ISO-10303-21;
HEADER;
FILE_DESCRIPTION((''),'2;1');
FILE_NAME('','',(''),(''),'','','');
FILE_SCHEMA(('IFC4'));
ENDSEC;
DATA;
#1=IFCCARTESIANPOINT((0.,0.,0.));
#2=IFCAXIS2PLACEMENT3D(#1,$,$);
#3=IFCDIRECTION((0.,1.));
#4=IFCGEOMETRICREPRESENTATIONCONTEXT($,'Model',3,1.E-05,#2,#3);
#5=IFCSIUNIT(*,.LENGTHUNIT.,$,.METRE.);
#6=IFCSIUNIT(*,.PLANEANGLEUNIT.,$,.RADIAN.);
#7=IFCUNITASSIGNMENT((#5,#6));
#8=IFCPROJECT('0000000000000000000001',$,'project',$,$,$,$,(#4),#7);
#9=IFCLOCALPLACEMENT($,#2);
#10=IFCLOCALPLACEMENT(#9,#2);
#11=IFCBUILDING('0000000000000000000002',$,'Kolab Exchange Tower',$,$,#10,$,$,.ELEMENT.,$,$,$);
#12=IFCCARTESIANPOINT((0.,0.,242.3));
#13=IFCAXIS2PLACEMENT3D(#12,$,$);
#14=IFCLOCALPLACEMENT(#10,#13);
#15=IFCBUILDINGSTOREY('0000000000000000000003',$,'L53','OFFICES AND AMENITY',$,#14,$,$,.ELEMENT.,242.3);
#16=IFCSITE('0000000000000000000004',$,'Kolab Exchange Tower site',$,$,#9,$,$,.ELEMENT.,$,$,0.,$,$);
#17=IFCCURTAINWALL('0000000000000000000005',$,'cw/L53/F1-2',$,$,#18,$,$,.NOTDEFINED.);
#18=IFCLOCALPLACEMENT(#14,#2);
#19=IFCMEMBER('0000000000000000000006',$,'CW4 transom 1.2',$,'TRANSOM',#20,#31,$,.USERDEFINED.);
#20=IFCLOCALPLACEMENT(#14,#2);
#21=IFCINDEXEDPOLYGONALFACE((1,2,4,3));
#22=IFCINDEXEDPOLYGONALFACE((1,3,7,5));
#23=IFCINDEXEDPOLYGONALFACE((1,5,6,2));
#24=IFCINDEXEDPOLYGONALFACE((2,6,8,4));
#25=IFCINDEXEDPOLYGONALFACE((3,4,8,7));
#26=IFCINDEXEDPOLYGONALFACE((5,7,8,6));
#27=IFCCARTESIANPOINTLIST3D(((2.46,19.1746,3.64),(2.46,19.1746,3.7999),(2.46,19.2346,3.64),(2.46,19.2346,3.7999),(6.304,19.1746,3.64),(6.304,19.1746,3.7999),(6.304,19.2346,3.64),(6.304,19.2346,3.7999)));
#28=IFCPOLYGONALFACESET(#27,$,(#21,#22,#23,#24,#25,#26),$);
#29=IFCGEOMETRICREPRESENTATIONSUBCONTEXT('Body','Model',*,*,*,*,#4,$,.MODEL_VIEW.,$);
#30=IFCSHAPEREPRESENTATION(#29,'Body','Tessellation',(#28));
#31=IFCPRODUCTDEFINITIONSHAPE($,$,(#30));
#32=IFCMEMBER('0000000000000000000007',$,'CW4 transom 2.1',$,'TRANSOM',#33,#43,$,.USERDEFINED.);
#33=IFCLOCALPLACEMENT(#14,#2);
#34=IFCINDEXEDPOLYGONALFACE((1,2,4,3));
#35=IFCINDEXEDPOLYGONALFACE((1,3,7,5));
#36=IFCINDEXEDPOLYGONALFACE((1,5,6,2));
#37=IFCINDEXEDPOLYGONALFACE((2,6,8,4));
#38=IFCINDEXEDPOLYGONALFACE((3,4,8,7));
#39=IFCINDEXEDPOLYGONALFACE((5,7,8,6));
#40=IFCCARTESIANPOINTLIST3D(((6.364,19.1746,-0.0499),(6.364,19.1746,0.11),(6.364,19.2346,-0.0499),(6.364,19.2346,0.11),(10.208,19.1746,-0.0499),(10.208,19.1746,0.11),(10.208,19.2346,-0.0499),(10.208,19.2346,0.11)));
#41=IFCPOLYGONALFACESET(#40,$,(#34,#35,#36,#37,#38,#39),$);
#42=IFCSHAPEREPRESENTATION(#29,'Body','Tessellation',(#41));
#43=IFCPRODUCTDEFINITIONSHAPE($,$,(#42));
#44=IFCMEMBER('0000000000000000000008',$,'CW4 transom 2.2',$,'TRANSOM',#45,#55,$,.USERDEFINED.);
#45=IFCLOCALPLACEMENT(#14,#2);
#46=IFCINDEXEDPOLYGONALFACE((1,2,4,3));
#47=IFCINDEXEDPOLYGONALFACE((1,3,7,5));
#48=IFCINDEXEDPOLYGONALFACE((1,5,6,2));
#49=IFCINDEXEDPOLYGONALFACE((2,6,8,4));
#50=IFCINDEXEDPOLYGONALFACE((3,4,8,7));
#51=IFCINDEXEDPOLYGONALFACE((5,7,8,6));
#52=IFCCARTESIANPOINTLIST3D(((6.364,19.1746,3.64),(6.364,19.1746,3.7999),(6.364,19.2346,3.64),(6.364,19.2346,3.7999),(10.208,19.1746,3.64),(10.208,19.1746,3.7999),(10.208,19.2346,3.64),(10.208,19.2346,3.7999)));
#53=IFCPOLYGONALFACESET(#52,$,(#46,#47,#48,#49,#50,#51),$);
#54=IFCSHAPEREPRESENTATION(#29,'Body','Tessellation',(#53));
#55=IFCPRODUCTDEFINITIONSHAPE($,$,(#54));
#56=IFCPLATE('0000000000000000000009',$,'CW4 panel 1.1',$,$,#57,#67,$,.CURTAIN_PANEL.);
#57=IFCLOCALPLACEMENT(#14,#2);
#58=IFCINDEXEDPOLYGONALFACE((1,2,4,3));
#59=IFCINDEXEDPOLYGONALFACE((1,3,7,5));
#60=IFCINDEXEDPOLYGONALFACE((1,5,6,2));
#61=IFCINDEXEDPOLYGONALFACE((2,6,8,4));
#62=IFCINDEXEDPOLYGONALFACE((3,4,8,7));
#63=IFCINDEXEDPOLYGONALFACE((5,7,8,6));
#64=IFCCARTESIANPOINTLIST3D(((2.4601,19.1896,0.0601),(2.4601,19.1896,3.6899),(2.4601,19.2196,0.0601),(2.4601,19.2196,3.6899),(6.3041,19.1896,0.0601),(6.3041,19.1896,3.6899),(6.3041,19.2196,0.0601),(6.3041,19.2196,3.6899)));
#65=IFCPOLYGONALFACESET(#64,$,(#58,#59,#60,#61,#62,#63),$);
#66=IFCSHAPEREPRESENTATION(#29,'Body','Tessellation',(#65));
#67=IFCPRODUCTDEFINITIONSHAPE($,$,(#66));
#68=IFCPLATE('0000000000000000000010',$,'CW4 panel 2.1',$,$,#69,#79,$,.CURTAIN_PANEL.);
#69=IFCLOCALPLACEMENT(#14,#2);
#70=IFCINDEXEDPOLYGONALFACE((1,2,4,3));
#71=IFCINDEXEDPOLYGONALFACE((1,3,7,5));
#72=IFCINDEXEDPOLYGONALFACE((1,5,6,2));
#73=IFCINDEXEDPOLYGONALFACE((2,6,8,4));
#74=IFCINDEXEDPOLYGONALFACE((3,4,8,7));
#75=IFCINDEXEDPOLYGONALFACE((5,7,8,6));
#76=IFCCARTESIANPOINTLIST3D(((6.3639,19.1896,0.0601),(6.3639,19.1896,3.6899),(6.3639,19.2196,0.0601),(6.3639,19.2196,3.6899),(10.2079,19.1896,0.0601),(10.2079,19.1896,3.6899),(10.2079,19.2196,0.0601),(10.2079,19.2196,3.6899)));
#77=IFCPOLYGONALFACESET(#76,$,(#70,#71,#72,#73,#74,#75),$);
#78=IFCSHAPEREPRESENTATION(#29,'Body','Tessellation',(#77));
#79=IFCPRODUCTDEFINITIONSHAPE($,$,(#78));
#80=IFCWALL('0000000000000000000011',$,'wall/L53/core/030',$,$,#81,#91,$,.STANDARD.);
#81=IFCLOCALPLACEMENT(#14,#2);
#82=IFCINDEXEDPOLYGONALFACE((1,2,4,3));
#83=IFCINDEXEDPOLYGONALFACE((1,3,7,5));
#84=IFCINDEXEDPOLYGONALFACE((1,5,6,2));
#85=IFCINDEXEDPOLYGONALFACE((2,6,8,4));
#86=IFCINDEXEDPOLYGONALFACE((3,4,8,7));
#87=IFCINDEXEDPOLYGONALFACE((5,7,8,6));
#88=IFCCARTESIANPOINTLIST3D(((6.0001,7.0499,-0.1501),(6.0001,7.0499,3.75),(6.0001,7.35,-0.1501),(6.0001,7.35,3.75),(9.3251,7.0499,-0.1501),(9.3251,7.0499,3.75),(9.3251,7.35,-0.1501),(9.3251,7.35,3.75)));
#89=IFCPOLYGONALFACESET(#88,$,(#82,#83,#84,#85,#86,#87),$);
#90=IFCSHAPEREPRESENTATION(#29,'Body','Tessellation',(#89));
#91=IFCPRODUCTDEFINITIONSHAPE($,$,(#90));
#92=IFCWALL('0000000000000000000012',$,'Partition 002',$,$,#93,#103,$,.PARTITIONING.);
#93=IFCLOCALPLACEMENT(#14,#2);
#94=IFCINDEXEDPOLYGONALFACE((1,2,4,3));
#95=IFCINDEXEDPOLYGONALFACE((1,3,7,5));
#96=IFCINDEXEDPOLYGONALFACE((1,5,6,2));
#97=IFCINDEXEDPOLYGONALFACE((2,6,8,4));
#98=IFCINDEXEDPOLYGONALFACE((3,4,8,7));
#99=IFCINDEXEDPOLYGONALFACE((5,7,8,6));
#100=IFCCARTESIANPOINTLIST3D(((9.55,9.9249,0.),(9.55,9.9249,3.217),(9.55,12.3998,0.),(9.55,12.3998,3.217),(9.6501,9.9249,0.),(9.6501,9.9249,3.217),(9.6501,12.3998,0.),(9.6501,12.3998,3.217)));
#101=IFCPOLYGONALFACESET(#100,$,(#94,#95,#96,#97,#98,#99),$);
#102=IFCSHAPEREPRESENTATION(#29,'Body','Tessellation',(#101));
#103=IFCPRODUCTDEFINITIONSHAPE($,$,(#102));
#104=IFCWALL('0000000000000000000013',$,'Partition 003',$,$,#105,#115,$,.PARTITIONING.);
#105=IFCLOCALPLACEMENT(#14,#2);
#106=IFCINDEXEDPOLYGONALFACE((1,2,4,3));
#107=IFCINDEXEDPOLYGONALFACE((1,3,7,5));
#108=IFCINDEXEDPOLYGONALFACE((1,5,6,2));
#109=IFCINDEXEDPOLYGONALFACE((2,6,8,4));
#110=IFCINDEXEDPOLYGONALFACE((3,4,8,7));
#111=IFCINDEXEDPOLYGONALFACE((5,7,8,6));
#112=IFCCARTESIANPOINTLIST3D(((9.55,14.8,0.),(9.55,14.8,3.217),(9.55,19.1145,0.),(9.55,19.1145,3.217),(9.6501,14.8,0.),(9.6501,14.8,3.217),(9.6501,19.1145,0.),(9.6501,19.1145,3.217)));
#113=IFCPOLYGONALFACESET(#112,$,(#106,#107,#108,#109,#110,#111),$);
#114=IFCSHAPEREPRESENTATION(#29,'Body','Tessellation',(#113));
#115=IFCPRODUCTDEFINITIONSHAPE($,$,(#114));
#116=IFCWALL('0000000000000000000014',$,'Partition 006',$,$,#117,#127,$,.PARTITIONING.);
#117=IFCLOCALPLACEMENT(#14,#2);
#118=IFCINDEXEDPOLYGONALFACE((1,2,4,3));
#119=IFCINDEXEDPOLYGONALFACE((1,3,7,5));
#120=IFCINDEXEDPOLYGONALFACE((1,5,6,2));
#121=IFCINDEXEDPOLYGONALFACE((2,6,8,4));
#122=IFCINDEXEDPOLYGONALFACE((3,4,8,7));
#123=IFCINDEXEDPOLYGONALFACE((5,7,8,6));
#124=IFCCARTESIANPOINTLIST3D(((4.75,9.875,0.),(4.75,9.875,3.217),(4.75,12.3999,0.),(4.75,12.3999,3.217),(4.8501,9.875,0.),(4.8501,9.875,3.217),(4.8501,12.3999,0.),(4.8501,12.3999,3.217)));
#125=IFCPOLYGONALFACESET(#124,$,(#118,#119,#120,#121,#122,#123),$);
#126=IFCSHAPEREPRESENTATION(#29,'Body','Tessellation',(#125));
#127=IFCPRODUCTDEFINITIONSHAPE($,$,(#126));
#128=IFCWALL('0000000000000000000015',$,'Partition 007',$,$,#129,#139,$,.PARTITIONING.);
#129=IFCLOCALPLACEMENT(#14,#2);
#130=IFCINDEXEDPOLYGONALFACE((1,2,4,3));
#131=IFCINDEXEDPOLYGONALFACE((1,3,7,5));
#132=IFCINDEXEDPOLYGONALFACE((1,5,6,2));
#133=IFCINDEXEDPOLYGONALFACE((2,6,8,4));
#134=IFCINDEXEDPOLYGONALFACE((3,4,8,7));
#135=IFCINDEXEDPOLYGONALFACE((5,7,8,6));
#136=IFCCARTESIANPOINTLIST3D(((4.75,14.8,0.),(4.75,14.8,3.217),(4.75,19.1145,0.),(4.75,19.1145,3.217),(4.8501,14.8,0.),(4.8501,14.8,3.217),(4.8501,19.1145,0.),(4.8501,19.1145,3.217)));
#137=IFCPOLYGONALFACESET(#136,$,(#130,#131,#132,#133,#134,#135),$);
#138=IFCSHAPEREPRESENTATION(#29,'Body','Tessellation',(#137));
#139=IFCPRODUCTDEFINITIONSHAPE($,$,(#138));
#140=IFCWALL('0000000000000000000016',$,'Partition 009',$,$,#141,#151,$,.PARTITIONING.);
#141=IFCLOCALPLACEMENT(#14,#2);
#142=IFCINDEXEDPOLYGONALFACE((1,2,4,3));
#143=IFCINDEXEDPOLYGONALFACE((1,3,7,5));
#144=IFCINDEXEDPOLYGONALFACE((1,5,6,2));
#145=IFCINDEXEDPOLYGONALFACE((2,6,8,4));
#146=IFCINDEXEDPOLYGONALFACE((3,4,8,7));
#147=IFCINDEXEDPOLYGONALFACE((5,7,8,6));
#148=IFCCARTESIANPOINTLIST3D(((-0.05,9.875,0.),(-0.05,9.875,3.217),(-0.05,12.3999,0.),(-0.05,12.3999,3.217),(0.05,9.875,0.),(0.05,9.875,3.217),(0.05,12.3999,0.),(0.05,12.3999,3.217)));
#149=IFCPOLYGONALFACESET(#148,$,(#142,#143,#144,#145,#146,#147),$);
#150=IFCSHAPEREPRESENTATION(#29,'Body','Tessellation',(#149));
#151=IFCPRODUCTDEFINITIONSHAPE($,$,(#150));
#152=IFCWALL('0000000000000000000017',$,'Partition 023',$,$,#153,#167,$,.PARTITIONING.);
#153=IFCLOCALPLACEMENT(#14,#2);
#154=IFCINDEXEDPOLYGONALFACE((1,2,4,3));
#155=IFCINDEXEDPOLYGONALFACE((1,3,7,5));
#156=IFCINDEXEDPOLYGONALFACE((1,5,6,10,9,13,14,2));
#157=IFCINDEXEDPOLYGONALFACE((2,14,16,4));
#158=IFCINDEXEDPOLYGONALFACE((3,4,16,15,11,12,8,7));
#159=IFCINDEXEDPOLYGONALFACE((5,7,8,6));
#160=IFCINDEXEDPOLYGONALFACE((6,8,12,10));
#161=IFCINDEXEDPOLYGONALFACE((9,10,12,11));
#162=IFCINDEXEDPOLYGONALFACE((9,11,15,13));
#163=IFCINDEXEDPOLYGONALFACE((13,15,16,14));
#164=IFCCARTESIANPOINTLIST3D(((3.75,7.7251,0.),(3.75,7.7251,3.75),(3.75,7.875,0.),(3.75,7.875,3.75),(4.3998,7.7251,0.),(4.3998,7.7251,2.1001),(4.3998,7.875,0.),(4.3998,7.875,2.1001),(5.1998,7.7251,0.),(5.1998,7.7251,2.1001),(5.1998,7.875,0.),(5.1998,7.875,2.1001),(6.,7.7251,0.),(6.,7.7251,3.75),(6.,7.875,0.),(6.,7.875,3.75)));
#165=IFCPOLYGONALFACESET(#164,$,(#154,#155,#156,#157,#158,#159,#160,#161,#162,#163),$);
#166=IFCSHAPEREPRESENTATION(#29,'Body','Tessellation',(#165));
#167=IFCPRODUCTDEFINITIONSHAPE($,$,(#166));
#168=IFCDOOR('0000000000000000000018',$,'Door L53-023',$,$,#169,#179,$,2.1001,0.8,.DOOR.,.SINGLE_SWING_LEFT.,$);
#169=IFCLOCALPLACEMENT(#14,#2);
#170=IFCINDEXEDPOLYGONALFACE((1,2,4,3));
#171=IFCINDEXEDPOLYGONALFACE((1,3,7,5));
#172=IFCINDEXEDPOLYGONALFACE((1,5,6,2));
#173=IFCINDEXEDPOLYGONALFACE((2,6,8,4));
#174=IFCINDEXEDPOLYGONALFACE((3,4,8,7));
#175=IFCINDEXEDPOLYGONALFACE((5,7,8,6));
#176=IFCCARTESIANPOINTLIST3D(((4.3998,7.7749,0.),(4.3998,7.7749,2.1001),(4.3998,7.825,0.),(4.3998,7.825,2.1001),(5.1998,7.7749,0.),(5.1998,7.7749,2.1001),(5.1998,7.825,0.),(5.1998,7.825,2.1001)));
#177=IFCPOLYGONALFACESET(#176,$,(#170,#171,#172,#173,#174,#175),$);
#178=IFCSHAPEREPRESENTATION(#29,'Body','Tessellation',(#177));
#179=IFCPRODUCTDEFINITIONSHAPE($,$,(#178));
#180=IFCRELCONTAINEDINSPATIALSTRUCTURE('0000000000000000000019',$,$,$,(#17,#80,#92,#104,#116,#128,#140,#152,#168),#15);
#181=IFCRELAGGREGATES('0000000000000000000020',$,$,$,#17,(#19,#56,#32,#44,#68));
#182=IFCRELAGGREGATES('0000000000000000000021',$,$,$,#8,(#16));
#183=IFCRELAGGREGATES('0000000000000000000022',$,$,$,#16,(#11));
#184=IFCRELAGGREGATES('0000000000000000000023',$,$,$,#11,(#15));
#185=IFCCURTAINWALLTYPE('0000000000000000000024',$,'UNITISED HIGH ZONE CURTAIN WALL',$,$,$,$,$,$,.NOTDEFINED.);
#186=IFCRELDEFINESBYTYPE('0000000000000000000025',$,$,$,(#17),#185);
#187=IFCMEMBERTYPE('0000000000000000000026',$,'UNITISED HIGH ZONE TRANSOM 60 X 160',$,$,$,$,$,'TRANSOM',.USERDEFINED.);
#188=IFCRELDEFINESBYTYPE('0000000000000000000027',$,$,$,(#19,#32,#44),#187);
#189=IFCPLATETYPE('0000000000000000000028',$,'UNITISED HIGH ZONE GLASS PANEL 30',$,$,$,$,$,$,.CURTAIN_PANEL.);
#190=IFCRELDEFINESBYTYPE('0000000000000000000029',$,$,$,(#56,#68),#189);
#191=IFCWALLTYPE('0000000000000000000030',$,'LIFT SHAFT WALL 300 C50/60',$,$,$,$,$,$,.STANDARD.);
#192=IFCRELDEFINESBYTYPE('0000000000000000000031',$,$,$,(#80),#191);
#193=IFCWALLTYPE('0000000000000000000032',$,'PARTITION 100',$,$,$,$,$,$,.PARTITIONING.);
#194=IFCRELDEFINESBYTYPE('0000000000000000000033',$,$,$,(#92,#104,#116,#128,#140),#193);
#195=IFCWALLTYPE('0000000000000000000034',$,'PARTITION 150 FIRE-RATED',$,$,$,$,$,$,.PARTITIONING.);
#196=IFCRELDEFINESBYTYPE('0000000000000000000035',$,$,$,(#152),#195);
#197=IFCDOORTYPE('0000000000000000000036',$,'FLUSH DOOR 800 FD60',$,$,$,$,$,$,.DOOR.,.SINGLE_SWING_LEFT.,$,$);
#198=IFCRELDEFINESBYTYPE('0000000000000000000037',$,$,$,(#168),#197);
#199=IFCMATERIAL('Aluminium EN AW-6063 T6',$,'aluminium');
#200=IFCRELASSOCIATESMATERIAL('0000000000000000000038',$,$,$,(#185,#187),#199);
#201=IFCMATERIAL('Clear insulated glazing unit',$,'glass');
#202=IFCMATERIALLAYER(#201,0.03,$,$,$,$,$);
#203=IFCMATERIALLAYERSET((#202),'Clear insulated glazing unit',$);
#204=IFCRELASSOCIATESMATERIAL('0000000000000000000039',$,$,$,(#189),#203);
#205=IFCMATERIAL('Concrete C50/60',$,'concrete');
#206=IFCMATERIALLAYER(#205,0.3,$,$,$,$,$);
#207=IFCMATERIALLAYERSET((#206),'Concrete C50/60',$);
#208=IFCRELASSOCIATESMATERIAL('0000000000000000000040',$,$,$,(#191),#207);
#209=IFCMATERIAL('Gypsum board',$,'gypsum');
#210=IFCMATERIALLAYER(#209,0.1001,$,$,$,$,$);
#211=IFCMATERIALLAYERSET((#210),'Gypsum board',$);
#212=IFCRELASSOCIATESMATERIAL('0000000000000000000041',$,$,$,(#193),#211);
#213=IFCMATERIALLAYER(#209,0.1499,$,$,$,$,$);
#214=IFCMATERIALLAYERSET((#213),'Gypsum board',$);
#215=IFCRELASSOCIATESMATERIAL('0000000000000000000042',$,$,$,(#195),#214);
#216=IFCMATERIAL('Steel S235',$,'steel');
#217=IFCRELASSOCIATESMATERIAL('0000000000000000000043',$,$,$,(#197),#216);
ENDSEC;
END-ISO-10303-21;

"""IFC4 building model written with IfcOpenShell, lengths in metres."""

from ifc_helpers import new_model, si_unit, direction, frame, frame_2d, origin, origin_2d, place, context, subcontext, project, spatial, rectangle, extrude, material, layer, layer_set, material_profile, profile_set, type_object, element, fill, aggregate, save


model = new_model("IFC4")

# Units and contexts
model_context = context("Model", 3, precision=1e-05, world=origin(), true_north=direction((0.0, 1.0)))
body_context = subcontext(model_context, "Body", "Model", "MODEL_VIEW")
ifc_project = project(units=[si_unit("LENGTHUNIT", "METRE"), si_unit("PLANEANGLEUNIT", "RADIAN")], contexts=[model_context])

# Site, building, storey
site_placement = place(None, origin())
site = spatial("IfcSite", under=ifc_project, at=site_placement, Name="Kolab Exchange Tower site", CompositionType="ELEMENT", RefElevation=0.0)
building_placement = place(site_placement, origin())
building = spatial("IfcBuilding", under=site, at=building_placement, Name="Kolab Exchange Tower", CompositionType="ELEMENT")
storey_placement = place(building_placement, frame((0.0, 0.0, 242.3)))
storey = spatial("IfcBuildingStorey", under=building, at=storey_placement, Name="L53", Description="OFFICES AND AMENITY", CompositionType="ELEMENT", Elevation=242.3)

# Shared definitions
ifc_material_1 = material(Name="Concrete C50/60", Category="concrete")

# Curtain wall, members, plates
ifc_material_2 = material(Name="Aluminium EN AW-6063 T6", Category="aluminium")
curtain_wall_type = type_object("IfcCurtainWallType", Name="UNITISED HIGH ZONE CURTAIN WALL", PredefinedType="NOTDEFINED", material=ifc_material_2)
curtain_wall_placement = place(storey_placement, origin())
curtain_wall = element("IfcCurtainWall", 1, at=curtain_wall_placement, inside=storey, type_object=curtain_wall_type, Name="cw/L53/F1-2", PredefinedType="NOTDEFINED")
ifc_material_profile_1 = material_profile(ifc_material_2, rectangle(XDim=0.0601, YDim=0.1599, at=origin_2d()), Name="RECT 60X160")
ifc_profile_set_1 = profile_set([ifc_material_profile_1], Name="Aluminium EN AW-6063 T6")
member_type_1 = type_object("IfcMemberType", Name="UNITISED HIGH ZONE TRANSOM 60 X 160", ElementType="TRANSOM", PredefinedType="USERDEFINED", material=ifc_profile_set_1)
member_1_placement = place(storey_placement, frame((2.46, 19.2046, 3.72), z_axis=(1.0, 0.0, 0.0), x_axis=(0.0, 1.0, 0.0)))
member_1 = element("IfcMember", 2, at=member_1_placement, type_object=member_type_1, Name="CW4 transom 1.2", ObjectType="TRANSOM", PredefinedType="USERDEFINED", context=body_context, shape_type="SweptSolid", body=[
    extrude(rectangle(XDim=0.0601, YDim=0.1599, at=origin_2d()), origin(), (0.0, 0.0, 1.0), 3.844),
])
member_2_placement = place(storey_placement, frame((6.364, 19.2046, 0.03), z_axis=(1.0, 0.0, 0.0), x_axis=(0.0, 1.0, 0.0)))
member_2 = element("IfcMember", 3, at=member_2_placement, type_object=member_type_1, Name="CW4 transom 2.1", ObjectType="TRANSOM", PredefinedType="USERDEFINED", context=body_context, shape_type="SweptSolid", body=[
    extrude(rectangle(XDim=0.0601, YDim=0.1599, at=origin_2d()), origin(), (0.0, 0.0, 1.0), 3.844),
])
member_3_placement = place(storey_placement, frame((6.364, 19.2046, 3.72), z_axis=(1.0, 0.0, 0.0), x_axis=(0.0, 1.0, 0.0)))
member_3 = element("IfcMember", 4, at=member_3_placement, type_object=member_type_1, Name="CW4 transom 2.2", ObjectType="TRANSOM", PredefinedType="USERDEFINED", context=body_context, shape_type="SweptSolid", body=[
    extrude(rectangle(XDim=0.0601, YDim=0.1599, at=origin_2d()), origin(), (0.0, 0.0, 1.0), 3.844),
])
ifc_material_3 = material(Name="Clear insulated glazing unit", Category="glass")
ifc_layer_1 = layer(ifc_material_3, 0.03)
ifc_layer_set_1 = layer_set([ifc_layer_1], Name="Clear insulated glazing unit")
plate_type = type_object("IfcPlateType", Name="UNITISED HIGH ZONE GLASS PANEL 30", PredefinedType="CURTAIN_PANEL", material=ifc_layer_set_1)
plate_1_placement = place(storey_placement, frame((4.3821, 19.2046, 0.0601), z_axis=(0.0, 0.0, 1.0), x_axis=(1.0, 0.0, 0.0)))
plate_1 = element("IfcPlate", 5, at=plate_1_placement, type_object=plate_type, Name="CW4 panel 1.1", PredefinedType="CURTAIN_PANEL", context=body_context, shape_type="SweptSolid", body=[
    extrude(rectangle(XDim=3.844, YDim=0.03, at=origin_2d()), origin(), (0.0, 0.0, 1.0), 3.6299),
])
plate_2_placement = place(storey_placement, frame((8.2859, 19.2046, 0.0601), z_axis=(0.0, 0.0, 1.0), x_axis=(1.0, 0.0, 0.0)))
plate_2 = element("IfcPlate", 6, at=plate_2_placement, type_object=plate_type, Name="CW4 panel 2.1", PredefinedType="CURTAIN_PANEL", context=body_context, shape_type="SweptSolid", body=[
    extrude(rectangle(XDim=3.844, YDim=0.03, at=origin_2d()), origin(), (0.0, 0.0, 1.0), 3.6299),
])
aggregate(curtain_wall, [member_1, plate_1, member_2, member_3, plate_2])

# Walls
ifc_layer_2 = layer(ifc_material_1, 0.3)
ifc_layer_set_2 = layer_set([ifc_layer_2], Name="Concrete C50/60")
wall_type_1 = type_object("IfcWallType", Name="LIFT SHAFT WALL 300 C50/60", PredefinedType="STANDARD", material=ifc_layer_set_2)
wall_1_placement = place(storey_placement, frame((6.0, 7.2, -0.1501), z_axis=(0.0, 0.0, 1.0), x_axis=(1.0, 0.0, 0.0)))
element("IfcWall", 7, at=wall_1_placement, inside=storey, type_object=wall_type_1, Name="wall/L53/core/030", PredefinedType="STANDARD", context=body_context, shape_type="SweptSolid", body=[
    extrude(rectangle(XDim=3.325, YDim=0.3, at=frame_2d((1.6626, 0.0))), origin(), (0.0, 0.0, 1.0), 3.9001),
])
ifc_material_4 = material(Name="Gypsum board", Category="gypsum")
ifc_layer_3 = layer(ifc_material_4, 0.1001)
ifc_layer_set_3 = layer_set([ifc_layer_3], Name="Gypsum board")
wall_type_2 = type_object("IfcWallType", Name="PARTITION 100", PredefinedType="PARTITIONING", material=ifc_layer_set_3)
wall_2_placement = place(storey_placement, frame((9.6001, 9.925, 0.0), z_axis=(0.0, 0.0, 1.0), x_axis=(0.0, 1.0, 0.0)))
element("IfcWall", 8, at=wall_2_placement, inside=storey, type_object=wall_type_2, Name="Partition 002", PredefinedType="PARTITIONING", context=body_context, shape_type="SweptSolid", body=[
    extrude(rectangle(XDim=2.4749, YDim=0.1001, at=frame_2d((1.2373, 0.0))), origin(), (0.0, 0.0, 1.0), 3.217),
])
wall_3_placement = place(storey_placement, frame((9.6001, 14.8, 0.0), z_axis=(0.0, 0.0, 1.0), x_axis=(0.0, 1.0, 0.0)))
element("IfcWall", 9, at=wall_3_placement, inside=storey, type_object=wall_type_2, Name="Partition 003", PredefinedType="PARTITIONING", context=body_context, shape_type="SweptSolid", body=[
    extrude(rectangle(XDim=4.3145, YDim=0.1001, at=frame_2d((2.1572, 0.0))), origin(), (0.0, 0.0, 1.0), 3.217),
])
wall_4_placement = place(storey_placement, frame((4.8, 9.875, 0.0), z_axis=(0.0, 0.0, 1.0), x_axis=(0.0, 1.0, 0.0)))
element("IfcWall", 10, at=wall_4_placement, inside=storey, type_object=wall_type_2, Name="Partition 006", PredefinedType="PARTITIONING", context=body_context, shape_type="SweptSolid", body=[
    extrude(rectangle(XDim=2.5249, YDim=0.1001, at=frame_2d((1.2625, 0.0))), origin(), (0.0, 0.0, 1.0), 3.217),
])
wall_5_placement = place(storey_placement, frame((4.8, 14.8, 0.0), z_axis=(0.0, 0.0, 1.0), x_axis=(0.0, 1.0, 0.0)))
element("IfcWall", 11, at=wall_5_placement, inside=storey, type_object=wall_type_2, Name="Partition 007", PredefinedType="PARTITIONING", context=body_context, shape_type="SweptSolid", body=[
    extrude(rectangle(XDim=4.3145, YDim=0.1001, at=frame_2d((2.1572, 0.0))), origin(), (0.0, 0.0, 1.0), 3.217),
])
wall_6_placement = place(storey_placement, frame((0.0, 9.875, 0.0), z_axis=(0.0, 0.0, 1.0), x_axis=(0.0, 1.0, 0.0)))
element("IfcWall", 12, at=wall_6_placement, inside=storey, type_object=wall_type_2, Name="Partition 009", PredefinedType="PARTITIONING", context=body_context, shape_type="SweptSolid", body=[
    extrude(rectangle(XDim=2.5249, YDim=0.1001, at=frame_2d((1.2625, 0.0))), origin(), (0.0, 0.0, 1.0), 3.217),
])

# Wall, opening, door
ifc_layer_4 = layer(ifc_material_4, 0.1499)
ifc_layer_set_4 = layer_set([ifc_layer_4], Name="Gypsum board")
wall_type_3 = type_object("IfcWallType", Name="PARTITION 150 FIRE-RATED", PredefinedType="PARTITIONING", material=ifc_layer_set_4)
wall_7_placement = place(storey_placement, frame((3.75, 7.8, 0.0), z_axis=(0.0, 0.0, 1.0), x_axis=(1.0, 0.0, 0.0)))
wall_7 = element("IfcWall", 13, at=wall_7_placement, inside=storey, type_object=wall_type_3, Name="Partition 023", PredefinedType="PARTITIONING", context=body_context, shape_type="SweptSolid", body=[
    extrude(rectangle(XDim=2.25, YDim=0.1499, at=frame_2d((1.125, 0.0))), origin(), (0.0, 0.0, 1.0), 3.75),
])
opening_placement = place(wall_7_placement, frame((0.6499, 0.0, 0.0)))
opening = element("IfcOpeningElement", 14, at=opening_placement, cuts=wall_7, PredefinedType="OPENING", context=body_context, shape_type="SweptSolid", body=[
    extrude(rectangle(XDim=0.8, YDim=2.1001, at=frame_2d((0.3999, 1.05))), frame((0.0, 0.085, 0.0), z_axis=(0.0, -1.0, 0.0), x_axis=(1.0, 0.0, 0.0)), (0.0, 0.0, 1.0), 0.1699),
])
ifc_material_5 = material(Name="Steel S235", Category="steel")
door_type = type_object("IfcDoorType", Name="FLUSH DOOR 800 FD60", OperationType="SINGLE_SWING_LEFT", PredefinedType="DOOR", material=ifc_material_5)
door_placement = place(opening_placement, origin())
door = element("IfcDoor", 15, at=door_placement, inside=storey, type_object=door_type, Name="Door L53-023", OperationType="SINGLE_SWING_LEFT", OverallHeight=2.1001, OverallWidth=0.8, PredefinedType="DOOR", context=body_context, shape_type="SweptSolid", body=[
    extrude(rectangle(XDim=0.8, YDim=2.1001, at=frame_2d((0.3999, 1.05))), frame((0.0, 0.0249, 0.0), z_axis=(0.0, -1.0, 0.0), x_axis=(1.0, 0.0, 0.0)), (0.0, 0.0, 1.0), 0.05),
])
fill(opening, door)

save(model, "model.ifc")
